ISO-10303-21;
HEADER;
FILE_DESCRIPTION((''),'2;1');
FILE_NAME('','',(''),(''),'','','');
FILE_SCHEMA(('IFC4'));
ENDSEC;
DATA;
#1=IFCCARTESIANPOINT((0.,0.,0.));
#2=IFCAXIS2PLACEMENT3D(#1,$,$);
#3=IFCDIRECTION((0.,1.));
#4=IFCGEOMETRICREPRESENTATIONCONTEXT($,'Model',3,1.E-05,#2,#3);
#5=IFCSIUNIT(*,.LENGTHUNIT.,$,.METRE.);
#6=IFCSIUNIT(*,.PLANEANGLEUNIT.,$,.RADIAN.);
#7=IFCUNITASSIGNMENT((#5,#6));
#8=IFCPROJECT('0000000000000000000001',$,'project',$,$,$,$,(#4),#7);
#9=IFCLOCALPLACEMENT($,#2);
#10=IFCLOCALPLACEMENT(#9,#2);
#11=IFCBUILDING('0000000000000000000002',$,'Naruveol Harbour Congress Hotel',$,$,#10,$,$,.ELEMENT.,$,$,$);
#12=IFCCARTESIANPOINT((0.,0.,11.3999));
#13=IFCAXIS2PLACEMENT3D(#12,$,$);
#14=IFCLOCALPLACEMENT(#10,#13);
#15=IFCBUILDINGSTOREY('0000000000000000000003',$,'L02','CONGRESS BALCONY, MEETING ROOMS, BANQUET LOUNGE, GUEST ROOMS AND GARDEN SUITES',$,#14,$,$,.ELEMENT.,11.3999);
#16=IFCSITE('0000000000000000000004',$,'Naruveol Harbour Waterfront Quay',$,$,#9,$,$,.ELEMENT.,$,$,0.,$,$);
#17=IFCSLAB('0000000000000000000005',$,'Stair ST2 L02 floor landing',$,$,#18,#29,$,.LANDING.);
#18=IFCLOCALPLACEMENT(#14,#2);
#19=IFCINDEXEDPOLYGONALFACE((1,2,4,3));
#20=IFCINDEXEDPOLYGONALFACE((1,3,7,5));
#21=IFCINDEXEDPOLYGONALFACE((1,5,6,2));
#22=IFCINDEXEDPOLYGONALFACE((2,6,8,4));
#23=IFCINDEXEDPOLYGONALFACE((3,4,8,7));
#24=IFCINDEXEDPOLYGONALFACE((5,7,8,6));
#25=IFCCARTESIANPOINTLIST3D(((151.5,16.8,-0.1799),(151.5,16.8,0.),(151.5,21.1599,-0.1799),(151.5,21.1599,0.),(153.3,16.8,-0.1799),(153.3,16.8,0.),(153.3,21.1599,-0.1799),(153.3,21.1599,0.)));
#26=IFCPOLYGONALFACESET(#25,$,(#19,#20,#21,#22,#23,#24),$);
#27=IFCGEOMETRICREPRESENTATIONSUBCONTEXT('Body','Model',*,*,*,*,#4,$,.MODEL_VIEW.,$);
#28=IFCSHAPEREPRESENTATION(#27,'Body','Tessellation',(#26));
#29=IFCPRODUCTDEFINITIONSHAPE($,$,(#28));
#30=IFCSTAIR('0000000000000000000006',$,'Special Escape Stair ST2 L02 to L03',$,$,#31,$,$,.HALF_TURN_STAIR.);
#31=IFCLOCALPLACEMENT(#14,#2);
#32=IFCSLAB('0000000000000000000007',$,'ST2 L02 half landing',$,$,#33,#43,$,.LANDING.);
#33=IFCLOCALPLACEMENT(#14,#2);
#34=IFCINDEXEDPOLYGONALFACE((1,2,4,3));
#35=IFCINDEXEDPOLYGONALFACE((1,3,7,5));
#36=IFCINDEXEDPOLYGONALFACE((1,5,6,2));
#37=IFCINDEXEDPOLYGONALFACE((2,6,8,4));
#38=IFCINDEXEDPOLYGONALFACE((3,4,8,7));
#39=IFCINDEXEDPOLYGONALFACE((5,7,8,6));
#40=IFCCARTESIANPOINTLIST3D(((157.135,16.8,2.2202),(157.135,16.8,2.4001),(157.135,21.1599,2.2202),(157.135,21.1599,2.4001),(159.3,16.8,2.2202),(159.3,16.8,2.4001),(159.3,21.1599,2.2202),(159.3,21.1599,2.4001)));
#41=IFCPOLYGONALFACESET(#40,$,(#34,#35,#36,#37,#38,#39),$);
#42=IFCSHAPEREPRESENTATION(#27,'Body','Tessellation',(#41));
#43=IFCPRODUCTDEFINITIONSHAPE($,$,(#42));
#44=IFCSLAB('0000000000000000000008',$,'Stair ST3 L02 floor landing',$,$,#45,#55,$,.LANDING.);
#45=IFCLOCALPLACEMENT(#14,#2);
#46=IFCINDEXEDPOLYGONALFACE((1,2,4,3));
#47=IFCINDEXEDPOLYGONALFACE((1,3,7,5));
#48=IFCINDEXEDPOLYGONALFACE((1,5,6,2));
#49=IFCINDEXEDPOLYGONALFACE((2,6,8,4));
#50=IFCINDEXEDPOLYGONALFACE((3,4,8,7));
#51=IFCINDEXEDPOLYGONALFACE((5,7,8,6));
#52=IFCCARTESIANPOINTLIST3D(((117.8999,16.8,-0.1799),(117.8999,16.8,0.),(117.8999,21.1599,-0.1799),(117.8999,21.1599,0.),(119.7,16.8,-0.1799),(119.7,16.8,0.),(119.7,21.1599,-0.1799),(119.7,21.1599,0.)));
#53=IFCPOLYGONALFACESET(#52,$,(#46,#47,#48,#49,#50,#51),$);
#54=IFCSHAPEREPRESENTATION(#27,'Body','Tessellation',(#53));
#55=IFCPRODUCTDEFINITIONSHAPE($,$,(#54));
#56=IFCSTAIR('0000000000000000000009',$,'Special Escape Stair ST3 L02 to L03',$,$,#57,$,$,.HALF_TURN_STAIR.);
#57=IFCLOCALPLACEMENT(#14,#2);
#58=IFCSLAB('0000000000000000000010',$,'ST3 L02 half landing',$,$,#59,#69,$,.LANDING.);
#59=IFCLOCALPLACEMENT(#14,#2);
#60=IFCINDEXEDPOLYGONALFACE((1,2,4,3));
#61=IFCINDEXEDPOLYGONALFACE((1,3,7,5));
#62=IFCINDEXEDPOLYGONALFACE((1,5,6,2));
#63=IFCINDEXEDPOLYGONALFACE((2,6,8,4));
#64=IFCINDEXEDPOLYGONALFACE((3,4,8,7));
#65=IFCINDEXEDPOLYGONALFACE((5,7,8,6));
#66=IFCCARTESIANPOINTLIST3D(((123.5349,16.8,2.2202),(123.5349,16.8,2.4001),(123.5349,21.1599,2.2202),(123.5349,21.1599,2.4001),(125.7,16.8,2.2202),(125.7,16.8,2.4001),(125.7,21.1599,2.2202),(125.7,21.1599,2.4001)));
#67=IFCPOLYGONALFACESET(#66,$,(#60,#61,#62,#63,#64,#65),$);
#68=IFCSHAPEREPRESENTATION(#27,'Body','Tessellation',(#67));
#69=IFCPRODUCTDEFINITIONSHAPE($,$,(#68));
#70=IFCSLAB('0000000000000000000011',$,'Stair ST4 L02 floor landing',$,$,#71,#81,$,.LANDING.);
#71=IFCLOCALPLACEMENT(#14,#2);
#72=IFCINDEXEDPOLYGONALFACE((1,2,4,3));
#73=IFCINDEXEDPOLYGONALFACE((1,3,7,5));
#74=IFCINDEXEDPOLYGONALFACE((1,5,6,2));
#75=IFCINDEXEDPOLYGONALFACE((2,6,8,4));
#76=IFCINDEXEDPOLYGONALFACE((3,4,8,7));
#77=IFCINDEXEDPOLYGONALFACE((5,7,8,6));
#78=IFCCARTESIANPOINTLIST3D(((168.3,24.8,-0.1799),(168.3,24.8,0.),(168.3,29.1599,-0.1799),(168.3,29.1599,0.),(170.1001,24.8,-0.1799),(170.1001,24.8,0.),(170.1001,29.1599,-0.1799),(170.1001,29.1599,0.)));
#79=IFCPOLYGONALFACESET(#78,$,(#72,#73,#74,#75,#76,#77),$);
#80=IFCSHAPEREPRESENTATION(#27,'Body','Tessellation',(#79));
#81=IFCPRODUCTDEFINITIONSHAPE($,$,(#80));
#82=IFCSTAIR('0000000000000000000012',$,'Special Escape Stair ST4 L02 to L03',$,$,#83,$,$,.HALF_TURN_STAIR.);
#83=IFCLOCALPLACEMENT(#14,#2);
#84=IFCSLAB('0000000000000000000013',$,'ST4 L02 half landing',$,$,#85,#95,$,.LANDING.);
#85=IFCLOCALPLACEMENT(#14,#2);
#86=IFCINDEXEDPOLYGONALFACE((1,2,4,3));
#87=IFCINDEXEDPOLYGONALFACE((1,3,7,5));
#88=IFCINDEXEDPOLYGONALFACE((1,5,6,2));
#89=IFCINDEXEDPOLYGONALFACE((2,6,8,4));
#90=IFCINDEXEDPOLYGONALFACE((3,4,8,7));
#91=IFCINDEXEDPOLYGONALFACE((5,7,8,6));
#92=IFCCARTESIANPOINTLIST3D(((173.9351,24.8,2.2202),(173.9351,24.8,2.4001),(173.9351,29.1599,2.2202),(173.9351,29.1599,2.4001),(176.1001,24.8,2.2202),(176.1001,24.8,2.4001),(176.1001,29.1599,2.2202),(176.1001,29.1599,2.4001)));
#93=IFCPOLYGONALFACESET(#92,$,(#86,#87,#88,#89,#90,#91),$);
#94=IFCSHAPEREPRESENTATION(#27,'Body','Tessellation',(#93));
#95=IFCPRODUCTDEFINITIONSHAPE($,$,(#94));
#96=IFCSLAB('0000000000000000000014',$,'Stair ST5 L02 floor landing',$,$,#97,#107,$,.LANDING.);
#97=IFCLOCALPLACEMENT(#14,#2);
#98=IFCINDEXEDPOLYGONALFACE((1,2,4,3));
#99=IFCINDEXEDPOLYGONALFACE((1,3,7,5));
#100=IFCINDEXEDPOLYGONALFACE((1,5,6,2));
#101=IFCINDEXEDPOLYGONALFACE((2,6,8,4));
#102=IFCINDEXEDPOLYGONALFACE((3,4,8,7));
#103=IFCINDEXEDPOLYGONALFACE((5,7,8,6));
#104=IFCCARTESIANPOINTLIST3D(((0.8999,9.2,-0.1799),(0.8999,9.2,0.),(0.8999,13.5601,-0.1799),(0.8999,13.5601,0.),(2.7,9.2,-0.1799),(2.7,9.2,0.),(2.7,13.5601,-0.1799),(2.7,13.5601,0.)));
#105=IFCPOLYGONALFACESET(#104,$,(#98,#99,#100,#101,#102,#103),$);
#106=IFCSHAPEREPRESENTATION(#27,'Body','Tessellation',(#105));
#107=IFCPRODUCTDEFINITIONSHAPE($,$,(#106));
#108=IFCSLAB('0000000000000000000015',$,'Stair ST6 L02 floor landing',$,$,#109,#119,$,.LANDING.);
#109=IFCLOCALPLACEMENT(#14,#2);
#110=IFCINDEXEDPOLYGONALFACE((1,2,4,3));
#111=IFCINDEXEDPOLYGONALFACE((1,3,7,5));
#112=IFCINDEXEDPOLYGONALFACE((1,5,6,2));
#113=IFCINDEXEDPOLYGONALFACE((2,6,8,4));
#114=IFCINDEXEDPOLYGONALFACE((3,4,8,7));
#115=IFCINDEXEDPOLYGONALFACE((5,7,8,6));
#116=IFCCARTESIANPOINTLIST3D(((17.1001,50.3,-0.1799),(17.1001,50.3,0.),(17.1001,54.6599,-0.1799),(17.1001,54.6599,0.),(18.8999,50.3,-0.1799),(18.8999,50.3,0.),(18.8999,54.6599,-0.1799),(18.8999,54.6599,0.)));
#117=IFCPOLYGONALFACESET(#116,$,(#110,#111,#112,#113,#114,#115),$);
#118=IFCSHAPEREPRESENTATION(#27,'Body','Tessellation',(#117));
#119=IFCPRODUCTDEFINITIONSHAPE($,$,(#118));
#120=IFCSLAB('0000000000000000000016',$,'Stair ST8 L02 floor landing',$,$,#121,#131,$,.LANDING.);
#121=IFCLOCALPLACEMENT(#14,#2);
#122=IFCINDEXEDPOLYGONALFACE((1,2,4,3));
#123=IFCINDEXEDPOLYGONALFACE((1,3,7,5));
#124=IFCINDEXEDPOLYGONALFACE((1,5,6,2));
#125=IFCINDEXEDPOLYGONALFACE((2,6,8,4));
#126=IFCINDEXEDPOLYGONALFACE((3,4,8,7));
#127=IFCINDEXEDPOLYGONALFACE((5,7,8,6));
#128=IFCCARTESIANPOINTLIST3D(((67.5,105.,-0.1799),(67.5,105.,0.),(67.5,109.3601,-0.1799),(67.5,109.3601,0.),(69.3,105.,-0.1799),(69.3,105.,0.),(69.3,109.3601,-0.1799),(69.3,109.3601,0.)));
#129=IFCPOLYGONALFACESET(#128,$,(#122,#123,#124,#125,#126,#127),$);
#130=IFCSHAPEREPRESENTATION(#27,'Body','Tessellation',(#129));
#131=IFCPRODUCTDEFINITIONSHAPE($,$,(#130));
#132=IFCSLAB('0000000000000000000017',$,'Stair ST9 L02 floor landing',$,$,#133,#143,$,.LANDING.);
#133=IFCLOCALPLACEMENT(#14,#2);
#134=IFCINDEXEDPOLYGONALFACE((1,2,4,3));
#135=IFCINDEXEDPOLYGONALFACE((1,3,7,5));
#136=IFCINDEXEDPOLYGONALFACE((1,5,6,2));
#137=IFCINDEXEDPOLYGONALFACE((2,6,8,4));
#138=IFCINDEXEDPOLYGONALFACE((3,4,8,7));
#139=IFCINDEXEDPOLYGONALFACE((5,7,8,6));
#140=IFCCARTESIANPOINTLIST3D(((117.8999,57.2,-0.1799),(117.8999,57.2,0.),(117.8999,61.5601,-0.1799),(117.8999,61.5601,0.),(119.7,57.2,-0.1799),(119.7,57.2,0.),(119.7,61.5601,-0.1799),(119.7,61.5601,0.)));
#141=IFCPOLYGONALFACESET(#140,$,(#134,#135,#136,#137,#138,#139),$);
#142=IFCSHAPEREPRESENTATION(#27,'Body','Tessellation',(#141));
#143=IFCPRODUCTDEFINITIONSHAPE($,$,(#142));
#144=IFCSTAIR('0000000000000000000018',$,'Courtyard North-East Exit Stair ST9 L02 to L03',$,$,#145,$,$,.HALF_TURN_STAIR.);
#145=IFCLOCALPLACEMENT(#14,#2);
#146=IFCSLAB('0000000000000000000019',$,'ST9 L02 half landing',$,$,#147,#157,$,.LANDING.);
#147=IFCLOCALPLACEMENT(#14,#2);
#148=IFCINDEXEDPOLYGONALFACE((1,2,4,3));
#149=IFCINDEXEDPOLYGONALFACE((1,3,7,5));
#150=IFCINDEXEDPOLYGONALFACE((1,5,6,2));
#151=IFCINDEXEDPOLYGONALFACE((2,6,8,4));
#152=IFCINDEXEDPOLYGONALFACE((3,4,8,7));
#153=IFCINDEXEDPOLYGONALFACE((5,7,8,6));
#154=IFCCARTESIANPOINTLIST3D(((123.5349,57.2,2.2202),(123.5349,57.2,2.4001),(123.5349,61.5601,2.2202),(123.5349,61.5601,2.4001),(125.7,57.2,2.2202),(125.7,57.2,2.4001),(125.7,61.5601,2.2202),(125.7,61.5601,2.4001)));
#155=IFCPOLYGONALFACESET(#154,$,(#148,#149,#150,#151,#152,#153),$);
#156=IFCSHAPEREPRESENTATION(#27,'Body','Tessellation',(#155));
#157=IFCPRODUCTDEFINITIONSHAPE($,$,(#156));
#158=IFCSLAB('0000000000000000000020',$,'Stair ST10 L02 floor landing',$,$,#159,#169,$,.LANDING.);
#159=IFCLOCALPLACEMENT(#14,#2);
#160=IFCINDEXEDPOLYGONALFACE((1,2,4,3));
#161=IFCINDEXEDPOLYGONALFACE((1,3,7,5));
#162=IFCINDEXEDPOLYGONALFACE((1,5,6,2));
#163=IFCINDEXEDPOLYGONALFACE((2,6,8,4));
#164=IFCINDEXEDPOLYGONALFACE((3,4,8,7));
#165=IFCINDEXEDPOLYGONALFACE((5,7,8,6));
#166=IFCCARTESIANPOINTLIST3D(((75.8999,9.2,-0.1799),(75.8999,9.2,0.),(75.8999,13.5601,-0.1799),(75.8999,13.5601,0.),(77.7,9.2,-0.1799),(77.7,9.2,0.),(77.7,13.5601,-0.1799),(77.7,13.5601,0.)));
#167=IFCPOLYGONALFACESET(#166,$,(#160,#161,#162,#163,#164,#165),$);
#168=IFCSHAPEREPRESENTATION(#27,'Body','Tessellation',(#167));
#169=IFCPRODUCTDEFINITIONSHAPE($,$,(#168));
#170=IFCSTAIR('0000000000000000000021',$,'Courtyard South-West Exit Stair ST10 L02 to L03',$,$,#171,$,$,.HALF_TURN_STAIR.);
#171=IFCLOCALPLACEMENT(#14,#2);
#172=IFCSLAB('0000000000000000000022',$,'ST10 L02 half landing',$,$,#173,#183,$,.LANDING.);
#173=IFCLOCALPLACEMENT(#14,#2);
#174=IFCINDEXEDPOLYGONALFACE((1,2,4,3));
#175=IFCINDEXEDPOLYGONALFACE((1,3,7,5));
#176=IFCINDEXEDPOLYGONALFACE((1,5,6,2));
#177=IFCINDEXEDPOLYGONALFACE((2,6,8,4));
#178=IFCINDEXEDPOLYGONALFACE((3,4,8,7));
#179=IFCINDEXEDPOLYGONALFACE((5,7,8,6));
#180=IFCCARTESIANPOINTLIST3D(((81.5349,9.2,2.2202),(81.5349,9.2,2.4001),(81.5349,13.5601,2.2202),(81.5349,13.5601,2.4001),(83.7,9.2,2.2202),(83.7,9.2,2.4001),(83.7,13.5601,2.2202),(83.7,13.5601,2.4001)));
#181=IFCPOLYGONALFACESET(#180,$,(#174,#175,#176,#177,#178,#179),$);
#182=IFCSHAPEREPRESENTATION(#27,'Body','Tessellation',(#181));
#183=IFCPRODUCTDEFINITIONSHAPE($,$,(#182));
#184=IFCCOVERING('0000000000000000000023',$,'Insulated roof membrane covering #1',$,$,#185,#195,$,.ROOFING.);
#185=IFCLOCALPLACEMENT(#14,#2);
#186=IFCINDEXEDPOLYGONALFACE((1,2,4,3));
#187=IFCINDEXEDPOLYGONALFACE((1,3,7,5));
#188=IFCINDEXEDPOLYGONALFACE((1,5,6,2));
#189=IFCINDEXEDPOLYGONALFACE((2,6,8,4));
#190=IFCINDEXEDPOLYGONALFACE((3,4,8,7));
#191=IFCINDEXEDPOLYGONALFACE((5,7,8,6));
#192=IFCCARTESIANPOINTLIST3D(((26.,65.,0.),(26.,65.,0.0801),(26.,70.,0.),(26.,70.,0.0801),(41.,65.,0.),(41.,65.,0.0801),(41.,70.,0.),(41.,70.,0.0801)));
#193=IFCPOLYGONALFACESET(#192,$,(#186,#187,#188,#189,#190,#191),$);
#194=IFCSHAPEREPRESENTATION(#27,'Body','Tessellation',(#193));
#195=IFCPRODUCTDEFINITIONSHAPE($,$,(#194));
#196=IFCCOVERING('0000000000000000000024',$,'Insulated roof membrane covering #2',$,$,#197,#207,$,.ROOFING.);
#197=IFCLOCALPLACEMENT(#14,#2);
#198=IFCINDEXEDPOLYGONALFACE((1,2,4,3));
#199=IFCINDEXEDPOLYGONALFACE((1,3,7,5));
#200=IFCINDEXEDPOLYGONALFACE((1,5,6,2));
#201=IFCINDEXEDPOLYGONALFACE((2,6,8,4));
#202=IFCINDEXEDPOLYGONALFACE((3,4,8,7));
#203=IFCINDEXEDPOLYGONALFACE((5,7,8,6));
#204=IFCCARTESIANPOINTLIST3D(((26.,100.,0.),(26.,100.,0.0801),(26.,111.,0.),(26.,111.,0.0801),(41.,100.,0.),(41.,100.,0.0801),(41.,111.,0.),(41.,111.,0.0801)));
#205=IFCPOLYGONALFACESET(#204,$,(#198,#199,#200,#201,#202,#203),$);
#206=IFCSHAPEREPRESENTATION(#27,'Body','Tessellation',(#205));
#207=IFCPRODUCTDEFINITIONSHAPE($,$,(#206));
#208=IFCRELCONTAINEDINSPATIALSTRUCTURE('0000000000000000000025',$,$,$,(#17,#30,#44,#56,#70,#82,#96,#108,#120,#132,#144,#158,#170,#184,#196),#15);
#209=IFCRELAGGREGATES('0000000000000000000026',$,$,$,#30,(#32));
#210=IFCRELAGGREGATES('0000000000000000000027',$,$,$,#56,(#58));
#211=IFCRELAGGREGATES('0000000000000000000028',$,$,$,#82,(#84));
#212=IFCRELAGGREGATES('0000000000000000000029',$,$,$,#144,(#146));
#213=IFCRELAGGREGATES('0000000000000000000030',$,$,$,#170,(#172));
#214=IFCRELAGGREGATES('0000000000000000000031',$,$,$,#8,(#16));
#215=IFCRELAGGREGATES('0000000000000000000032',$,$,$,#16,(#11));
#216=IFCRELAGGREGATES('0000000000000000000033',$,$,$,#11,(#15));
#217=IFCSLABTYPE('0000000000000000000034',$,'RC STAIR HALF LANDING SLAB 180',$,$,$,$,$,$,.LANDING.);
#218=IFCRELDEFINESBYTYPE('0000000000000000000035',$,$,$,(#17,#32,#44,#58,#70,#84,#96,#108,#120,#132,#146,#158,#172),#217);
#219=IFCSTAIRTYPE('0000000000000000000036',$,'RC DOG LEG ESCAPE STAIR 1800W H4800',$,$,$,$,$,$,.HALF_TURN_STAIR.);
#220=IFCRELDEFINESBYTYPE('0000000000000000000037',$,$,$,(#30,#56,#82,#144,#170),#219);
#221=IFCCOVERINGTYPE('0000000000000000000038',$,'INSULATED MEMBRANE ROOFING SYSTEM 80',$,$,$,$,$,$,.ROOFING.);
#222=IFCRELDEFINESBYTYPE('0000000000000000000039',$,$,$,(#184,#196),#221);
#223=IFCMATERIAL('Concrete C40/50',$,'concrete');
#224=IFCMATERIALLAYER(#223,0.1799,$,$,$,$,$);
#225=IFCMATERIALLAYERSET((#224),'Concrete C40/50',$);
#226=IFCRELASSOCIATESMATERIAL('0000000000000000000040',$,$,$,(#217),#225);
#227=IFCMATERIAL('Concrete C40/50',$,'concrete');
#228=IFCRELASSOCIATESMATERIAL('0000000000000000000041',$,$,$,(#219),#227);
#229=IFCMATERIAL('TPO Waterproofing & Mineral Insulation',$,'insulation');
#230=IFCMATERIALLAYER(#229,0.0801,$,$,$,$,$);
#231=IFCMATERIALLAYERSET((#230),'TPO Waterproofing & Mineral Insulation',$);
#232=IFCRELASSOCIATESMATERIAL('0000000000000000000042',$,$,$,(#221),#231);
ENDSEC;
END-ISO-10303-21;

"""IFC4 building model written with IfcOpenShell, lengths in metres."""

from ifc_helpers import new_model, si_unit, direction, frame, origin, place, context, subcontext, project, spatial, polyline, outline, extrude, material, layer, layer_set, type_object, element, aggregate, save


model = new_model("IFC4")

# Units and contexts
model_context = context("Model", 3, precision=1e-05, world=origin(), true_north=direction((0.0, 1.0)))
body_context = subcontext(model_context, "Body", "Model", "MODEL_VIEW")
ifc_project = project(units=[si_unit("LENGTHUNIT", "METRE"), si_unit("PLANEANGLEUNIT", "RADIAN")], contexts=[model_context])

# Site, building, storey
site_placement = place(None, origin())
site = spatial("IfcSite", under=ifc_project, at=site_placement, Name="Naruveol Harbour Waterfront Quay", CompositionType="ELEMENT", RefElevation=0.0)
building_placement = place(site_placement, origin())
building = spatial("IfcBuilding", under=site, at=building_placement, Name="Naruveol Harbour Congress Hotel", CompositionType="ELEMENT")
storey_placement = place(building_placement, frame((0.0, 0.0, 11.3999)))
storey = spatial("IfcBuildingStorey", under=building, at=storey_placement, Name="L02", Description="CONGRESS BALCONY, MEETING ROOMS, BANQUET LOUNGE, GUEST ROOMS AND GARDEN SUITES", CompositionType="ELEMENT", Elevation=11.3999)

# Shared definitions
ifc_material_1 = material(Name="Concrete C40/50", Category="concrete")
ifc_layer_1 = layer(ifc_material_1, 0.1799)
ifc_layer_set_1 = layer_set([ifc_layer_1], Name="Concrete C40/50")
slab_type_1 = type_object("IfcSlabType", Name="RC STAIR HALF LANDING SLAB 180", PredefinedType="LANDING", material=ifc_layer_set_1)

# Shared definitions
ifc_material_2 = material(Name="Concrete C40/50", Category="concrete")
stair_type = type_object("IfcStairType", Name="RC DOG LEG ESCAPE STAIR 1800W H4800", PredefinedType="HALF_TURN_STAIR", material=ifc_material_2)

# Slab
slab_1_placement = place(storey_placement, frame((0.0, 0.0, -0.1799)))
element("IfcSlab", 1, at=slab_1_placement, inside=storey, type_object=slab_type_1, Name="Stair ST2 L02 floor landing", PredefinedType="LANDING", context=body_context, shape_type="SweptSolid", body=[
    extrude(outline(polyline([(151.5, 16.8), (153.3, 16.8), (153.3, 21.1599), (151.5, 21.1599), (151.5, 16.8)])), origin(), (0.0, 0.0, 1.0), 0.1799),
])

# Stair, slab
stair_1_placement = place(storey_placement, origin())
stair_1 = element("IfcStair", 2, at=stair_1_placement, inside=storey, type_object=stair_type, Name="Special Escape Stair ST2 L02 to L03", PredefinedType="HALF_TURN_STAIR")
slab_2_placement = place(storey_placement, frame((0.0, 0.0, 2.2202)))
slab_2 = element("IfcSlab", 3, at=slab_2_placement, type_object=slab_type_1, Name="ST2 L02 half landing", PredefinedType="LANDING", context=body_context, shape_type="SweptSolid", body=[
    extrude(outline(polyline([(157.135, 16.8), (159.3, 16.8), (159.3, 21.1599), (157.135, 21.1599), (157.135, 16.8)])), origin(), (0.0, 0.0, 1.0), 0.1799),
])
aggregate(stair_1, [slab_2])

# Slab
slab_3_placement = place(storey_placement, frame((0.0, 0.0, -0.1799)))
element("IfcSlab", 4, at=slab_3_placement, inside=storey, type_object=slab_type_1, Name="Stair ST3 L02 floor landing", PredefinedType="LANDING", context=body_context, shape_type="SweptSolid", body=[
    extrude(outline(polyline([(117.8999, 16.8), (119.7, 16.8), (119.7, 21.1599), (117.8999, 21.1599), (117.8999, 16.8)])), origin(), (0.0, 0.0, 1.0), 0.1799),
])

# Stair, slab
stair_2_placement = place(storey_placement, origin())
stair_2 = element("IfcStair", 5, at=stair_2_placement, inside=storey, type_object=stair_type, Name="Special Escape Stair ST3 L02 to L03", PredefinedType="HALF_TURN_STAIR")
slab_4_placement = place(storey_placement, frame((0.0, 0.0, 2.2202)))
slab_4 = element("IfcSlab", 6, at=slab_4_placement, type_object=slab_type_1, Name="ST3 L02 half landing", PredefinedType="LANDING", context=body_context, shape_type="SweptSolid", body=[
    extrude(outline(polyline([(123.5349, 16.8), (125.7, 16.8), (125.7, 21.1599), (123.5349, 21.1599), (123.5349, 16.8)])), origin(), (0.0, 0.0, 1.0), 0.1799),
])
aggregate(stair_2, [slab_4])

# Slab
slab_5_placement = place(storey_placement, frame((0.0, 0.0, -0.1799)))
element("IfcSlab", 7, at=slab_5_placement, inside=storey, type_object=slab_type_1, Name="Stair ST4 L02 floor landing", PredefinedType="LANDING", context=body_context, shape_type="SweptSolid", body=[
    extrude(outline(polyline([(168.3, 24.8), (170.1001, 24.8), (170.1001, 29.1599), (168.3, 29.1599), (168.3, 24.8)])), origin(), (0.0, 0.0, 1.0), 0.1799),
])

# Stair, slab
stair_3_placement = place(storey_placement, origin())
stair_3 = element("IfcStair", 8, at=stair_3_placement, inside=storey, type_object=stair_type, Name="Special Escape Stair ST4 L02 to L03", PredefinedType="HALF_TURN_STAIR")
slab_6_placement = place(storey_placement, frame((0.0, 0.0, 2.2202)))
slab_6 = element("IfcSlab", 9, at=slab_6_placement, type_object=slab_type_1, Name="ST4 L02 half landing", PredefinedType="LANDING", context=body_context, shape_type="SweptSolid", body=[
    extrude(outline(polyline([(173.9351, 24.8), (176.1001, 24.8), (176.1001, 29.1599), (173.9351, 29.1599), (173.9351, 24.8)])), origin(), (0.0, 0.0, 1.0), 0.1799),
])
aggregate(stair_3, [slab_6])

# Slabs
slab_7_placement = place(storey_placement, frame((0.0, 0.0, -0.1799)))
element("IfcSlab", 10, at=slab_7_placement, inside=storey, type_object=slab_type_1, Name="Stair ST5 L02 floor landing", PredefinedType="LANDING", context=body_context, shape_type="SweptSolid", body=[
    extrude(outline(polyline([(0.8999, 9.2), (2.7, 9.2), (2.7, 13.5601), (0.8999, 13.5601), (0.8999, 9.2)])), origin(), (0.0, 0.0, 1.0), 0.1799),
])
slab_8_placement = place(storey_placement, frame((0.0, 0.0, -0.1799)))
element("IfcSlab", 11, at=slab_8_placement, inside=storey, type_object=slab_type_1, Name="Stair ST6 L02 floor landing", PredefinedType="LANDING", context=body_context, shape_type="SweptSolid", body=[
    extrude(outline(polyline([(17.1001, 50.3), (18.8999, 50.3), (18.8999, 54.6599), (17.1001, 54.6599), (17.1001, 50.3)])), origin(), (0.0, 0.0, 1.0), 0.1799),
])
slab_9_placement = place(storey_placement, frame((0.0, 0.0, -0.1799)))
element("IfcSlab", 12, at=slab_9_placement, inside=storey, type_object=slab_type_1, Name="Stair ST8 L02 floor landing", PredefinedType="LANDING", context=body_context, shape_type="SweptSolid", body=[
    extrude(outline(polyline([(67.5, 105.0), (69.3, 105.0), (69.3, 109.3601), (67.5, 109.3601), (67.5, 105.0)])), origin(), (0.0, 0.0, 1.0), 0.1799),
])
slab_10_placement = place(storey_placement, frame((0.0, 0.0, -0.1799)))
element("IfcSlab", 13, at=slab_10_placement, inside=storey, type_object=slab_type_1, Name="Stair ST9 L02 floor landing", PredefinedType="LANDING", context=body_context, shape_type="SweptSolid", body=[
    extrude(outline(polyline([(117.8999, 57.2), (119.7, 57.2), (119.7, 61.5601), (117.8999, 61.5601), (117.8999, 57.2)])), origin(), (0.0, 0.0, 1.0), 0.1799),
])

# Stair, slab
stair_4_placement = place(storey_placement, origin())
stair_4 = element("IfcStair", 14, at=stair_4_placement, inside=storey, type_object=stair_type, Name="Courtyard North-East Exit Stair ST9 L02 to L03", PredefinedType="HALF_TURN_STAIR")
slab_11_placement = place(storey_placement, frame((0.0, 0.0, 2.2202)))
slab_11 = element("IfcSlab", 15, at=slab_11_placement, type_object=slab_type_1, Name="ST9 L02 half landing", PredefinedType="LANDING", context=body_context, shape_type="SweptSolid", body=[
    extrude(outline(polyline([(123.5349, 57.2), (125.7, 57.2), (125.7, 61.5601), (123.5349, 61.5601), (123.5349, 57.2)])), origin(), (0.0, 0.0, 1.0), 0.1799),
])
aggregate(stair_4, [slab_11])

# Slab
slab_12_placement = place(storey_placement, frame((0.0, 0.0, -0.1799)))
element("IfcSlab", 16, at=slab_12_placement, inside=storey, type_object=slab_type_1, Name="Stair ST10 L02 floor landing", PredefinedType="LANDING", context=body_context, shape_type="SweptSolid", body=[
    extrude(outline(polyline([(75.8999, 9.2), (77.7, 9.2), (77.7, 13.5601), (75.8999, 13.5601), (75.8999, 9.2)])), origin(), (0.0, 0.0, 1.0), 0.1799),
])

# Stair, slab
stair_5_placement = place(storey_placement, origin())
stair_5 = element("IfcStair", 17, at=stair_5_placement, inside=storey, type_object=stair_type, Name="Courtyard South-West Exit Stair ST10 L02 to L03", PredefinedType="HALF_TURN_STAIR")
slab_13_placement = place(storey_placement, frame((0.0, 0.0, 2.2202)))
slab_13 = element("IfcSlab", 18, at=slab_13_placement, type_object=slab_type_1, Name="ST10 L02 half landing", PredefinedType="LANDING", context=body_context, shape_type="SweptSolid", body=[
    extrude(outline(polyline([(81.5349, 9.2), (83.7, 9.2), (83.7, 13.5601), (81.5349, 13.5601), (81.5349, 9.2)])), origin(), (0.0, 0.0, 1.0), 0.1799),
])
aggregate(stair_5, [slab_13])

# Coverings
ifc_material_3 = material(Name="TPO Waterproofing & Mineral Insulation", Category="insulation")
ifc_layer_2 = layer(ifc_material_3, 0.0801)
ifc_layer_set_2 = layer_set([ifc_layer_2], Name="TPO Waterproofing & Mineral Insulation")
covering_type_1 = type_object("IfcCoveringType", Name="INSULATED MEMBRANE ROOFING SYSTEM 80", PredefinedType="ROOFING", material=ifc_layer_set_2)
covering_1_placement = place(storey_placement, origin())
element("IfcCovering", 19, at=covering_1_placement, inside=storey, type_object=covering_type_1, Name="Insulated roof membrane covering #1", PredefinedType="ROOFING", context=body_context, shape_type="SweptSolid", body=[
    extrude(outline(polyline([(26.0, 65.0), (41.0, 65.0), (41.0, 70.0), (26.0, 70.0), (26.0, 65.0)])), origin(), (0.0, 0.0, 1.0), 0.0801),
])
covering_2_placement = place(storey_placement, origin())
element("IfcCovering", 20, at=covering_2_placement, inside=storey, type_object=covering_type_1, Name="Insulated roof membrane covering #2", PredefinedType="ROOFING", context=body_context, shape_type="SweptSolid", body=[
    extrude(outline(polyline([(26.0, 100.0), (41.0, 100.0), (41.0, 111.0), (26.0, 111.0), (26.0, 100.0)])), origin(), (0.0, 0.0, 1.0), 0.0801),
])

save(model, "model.ifc")
